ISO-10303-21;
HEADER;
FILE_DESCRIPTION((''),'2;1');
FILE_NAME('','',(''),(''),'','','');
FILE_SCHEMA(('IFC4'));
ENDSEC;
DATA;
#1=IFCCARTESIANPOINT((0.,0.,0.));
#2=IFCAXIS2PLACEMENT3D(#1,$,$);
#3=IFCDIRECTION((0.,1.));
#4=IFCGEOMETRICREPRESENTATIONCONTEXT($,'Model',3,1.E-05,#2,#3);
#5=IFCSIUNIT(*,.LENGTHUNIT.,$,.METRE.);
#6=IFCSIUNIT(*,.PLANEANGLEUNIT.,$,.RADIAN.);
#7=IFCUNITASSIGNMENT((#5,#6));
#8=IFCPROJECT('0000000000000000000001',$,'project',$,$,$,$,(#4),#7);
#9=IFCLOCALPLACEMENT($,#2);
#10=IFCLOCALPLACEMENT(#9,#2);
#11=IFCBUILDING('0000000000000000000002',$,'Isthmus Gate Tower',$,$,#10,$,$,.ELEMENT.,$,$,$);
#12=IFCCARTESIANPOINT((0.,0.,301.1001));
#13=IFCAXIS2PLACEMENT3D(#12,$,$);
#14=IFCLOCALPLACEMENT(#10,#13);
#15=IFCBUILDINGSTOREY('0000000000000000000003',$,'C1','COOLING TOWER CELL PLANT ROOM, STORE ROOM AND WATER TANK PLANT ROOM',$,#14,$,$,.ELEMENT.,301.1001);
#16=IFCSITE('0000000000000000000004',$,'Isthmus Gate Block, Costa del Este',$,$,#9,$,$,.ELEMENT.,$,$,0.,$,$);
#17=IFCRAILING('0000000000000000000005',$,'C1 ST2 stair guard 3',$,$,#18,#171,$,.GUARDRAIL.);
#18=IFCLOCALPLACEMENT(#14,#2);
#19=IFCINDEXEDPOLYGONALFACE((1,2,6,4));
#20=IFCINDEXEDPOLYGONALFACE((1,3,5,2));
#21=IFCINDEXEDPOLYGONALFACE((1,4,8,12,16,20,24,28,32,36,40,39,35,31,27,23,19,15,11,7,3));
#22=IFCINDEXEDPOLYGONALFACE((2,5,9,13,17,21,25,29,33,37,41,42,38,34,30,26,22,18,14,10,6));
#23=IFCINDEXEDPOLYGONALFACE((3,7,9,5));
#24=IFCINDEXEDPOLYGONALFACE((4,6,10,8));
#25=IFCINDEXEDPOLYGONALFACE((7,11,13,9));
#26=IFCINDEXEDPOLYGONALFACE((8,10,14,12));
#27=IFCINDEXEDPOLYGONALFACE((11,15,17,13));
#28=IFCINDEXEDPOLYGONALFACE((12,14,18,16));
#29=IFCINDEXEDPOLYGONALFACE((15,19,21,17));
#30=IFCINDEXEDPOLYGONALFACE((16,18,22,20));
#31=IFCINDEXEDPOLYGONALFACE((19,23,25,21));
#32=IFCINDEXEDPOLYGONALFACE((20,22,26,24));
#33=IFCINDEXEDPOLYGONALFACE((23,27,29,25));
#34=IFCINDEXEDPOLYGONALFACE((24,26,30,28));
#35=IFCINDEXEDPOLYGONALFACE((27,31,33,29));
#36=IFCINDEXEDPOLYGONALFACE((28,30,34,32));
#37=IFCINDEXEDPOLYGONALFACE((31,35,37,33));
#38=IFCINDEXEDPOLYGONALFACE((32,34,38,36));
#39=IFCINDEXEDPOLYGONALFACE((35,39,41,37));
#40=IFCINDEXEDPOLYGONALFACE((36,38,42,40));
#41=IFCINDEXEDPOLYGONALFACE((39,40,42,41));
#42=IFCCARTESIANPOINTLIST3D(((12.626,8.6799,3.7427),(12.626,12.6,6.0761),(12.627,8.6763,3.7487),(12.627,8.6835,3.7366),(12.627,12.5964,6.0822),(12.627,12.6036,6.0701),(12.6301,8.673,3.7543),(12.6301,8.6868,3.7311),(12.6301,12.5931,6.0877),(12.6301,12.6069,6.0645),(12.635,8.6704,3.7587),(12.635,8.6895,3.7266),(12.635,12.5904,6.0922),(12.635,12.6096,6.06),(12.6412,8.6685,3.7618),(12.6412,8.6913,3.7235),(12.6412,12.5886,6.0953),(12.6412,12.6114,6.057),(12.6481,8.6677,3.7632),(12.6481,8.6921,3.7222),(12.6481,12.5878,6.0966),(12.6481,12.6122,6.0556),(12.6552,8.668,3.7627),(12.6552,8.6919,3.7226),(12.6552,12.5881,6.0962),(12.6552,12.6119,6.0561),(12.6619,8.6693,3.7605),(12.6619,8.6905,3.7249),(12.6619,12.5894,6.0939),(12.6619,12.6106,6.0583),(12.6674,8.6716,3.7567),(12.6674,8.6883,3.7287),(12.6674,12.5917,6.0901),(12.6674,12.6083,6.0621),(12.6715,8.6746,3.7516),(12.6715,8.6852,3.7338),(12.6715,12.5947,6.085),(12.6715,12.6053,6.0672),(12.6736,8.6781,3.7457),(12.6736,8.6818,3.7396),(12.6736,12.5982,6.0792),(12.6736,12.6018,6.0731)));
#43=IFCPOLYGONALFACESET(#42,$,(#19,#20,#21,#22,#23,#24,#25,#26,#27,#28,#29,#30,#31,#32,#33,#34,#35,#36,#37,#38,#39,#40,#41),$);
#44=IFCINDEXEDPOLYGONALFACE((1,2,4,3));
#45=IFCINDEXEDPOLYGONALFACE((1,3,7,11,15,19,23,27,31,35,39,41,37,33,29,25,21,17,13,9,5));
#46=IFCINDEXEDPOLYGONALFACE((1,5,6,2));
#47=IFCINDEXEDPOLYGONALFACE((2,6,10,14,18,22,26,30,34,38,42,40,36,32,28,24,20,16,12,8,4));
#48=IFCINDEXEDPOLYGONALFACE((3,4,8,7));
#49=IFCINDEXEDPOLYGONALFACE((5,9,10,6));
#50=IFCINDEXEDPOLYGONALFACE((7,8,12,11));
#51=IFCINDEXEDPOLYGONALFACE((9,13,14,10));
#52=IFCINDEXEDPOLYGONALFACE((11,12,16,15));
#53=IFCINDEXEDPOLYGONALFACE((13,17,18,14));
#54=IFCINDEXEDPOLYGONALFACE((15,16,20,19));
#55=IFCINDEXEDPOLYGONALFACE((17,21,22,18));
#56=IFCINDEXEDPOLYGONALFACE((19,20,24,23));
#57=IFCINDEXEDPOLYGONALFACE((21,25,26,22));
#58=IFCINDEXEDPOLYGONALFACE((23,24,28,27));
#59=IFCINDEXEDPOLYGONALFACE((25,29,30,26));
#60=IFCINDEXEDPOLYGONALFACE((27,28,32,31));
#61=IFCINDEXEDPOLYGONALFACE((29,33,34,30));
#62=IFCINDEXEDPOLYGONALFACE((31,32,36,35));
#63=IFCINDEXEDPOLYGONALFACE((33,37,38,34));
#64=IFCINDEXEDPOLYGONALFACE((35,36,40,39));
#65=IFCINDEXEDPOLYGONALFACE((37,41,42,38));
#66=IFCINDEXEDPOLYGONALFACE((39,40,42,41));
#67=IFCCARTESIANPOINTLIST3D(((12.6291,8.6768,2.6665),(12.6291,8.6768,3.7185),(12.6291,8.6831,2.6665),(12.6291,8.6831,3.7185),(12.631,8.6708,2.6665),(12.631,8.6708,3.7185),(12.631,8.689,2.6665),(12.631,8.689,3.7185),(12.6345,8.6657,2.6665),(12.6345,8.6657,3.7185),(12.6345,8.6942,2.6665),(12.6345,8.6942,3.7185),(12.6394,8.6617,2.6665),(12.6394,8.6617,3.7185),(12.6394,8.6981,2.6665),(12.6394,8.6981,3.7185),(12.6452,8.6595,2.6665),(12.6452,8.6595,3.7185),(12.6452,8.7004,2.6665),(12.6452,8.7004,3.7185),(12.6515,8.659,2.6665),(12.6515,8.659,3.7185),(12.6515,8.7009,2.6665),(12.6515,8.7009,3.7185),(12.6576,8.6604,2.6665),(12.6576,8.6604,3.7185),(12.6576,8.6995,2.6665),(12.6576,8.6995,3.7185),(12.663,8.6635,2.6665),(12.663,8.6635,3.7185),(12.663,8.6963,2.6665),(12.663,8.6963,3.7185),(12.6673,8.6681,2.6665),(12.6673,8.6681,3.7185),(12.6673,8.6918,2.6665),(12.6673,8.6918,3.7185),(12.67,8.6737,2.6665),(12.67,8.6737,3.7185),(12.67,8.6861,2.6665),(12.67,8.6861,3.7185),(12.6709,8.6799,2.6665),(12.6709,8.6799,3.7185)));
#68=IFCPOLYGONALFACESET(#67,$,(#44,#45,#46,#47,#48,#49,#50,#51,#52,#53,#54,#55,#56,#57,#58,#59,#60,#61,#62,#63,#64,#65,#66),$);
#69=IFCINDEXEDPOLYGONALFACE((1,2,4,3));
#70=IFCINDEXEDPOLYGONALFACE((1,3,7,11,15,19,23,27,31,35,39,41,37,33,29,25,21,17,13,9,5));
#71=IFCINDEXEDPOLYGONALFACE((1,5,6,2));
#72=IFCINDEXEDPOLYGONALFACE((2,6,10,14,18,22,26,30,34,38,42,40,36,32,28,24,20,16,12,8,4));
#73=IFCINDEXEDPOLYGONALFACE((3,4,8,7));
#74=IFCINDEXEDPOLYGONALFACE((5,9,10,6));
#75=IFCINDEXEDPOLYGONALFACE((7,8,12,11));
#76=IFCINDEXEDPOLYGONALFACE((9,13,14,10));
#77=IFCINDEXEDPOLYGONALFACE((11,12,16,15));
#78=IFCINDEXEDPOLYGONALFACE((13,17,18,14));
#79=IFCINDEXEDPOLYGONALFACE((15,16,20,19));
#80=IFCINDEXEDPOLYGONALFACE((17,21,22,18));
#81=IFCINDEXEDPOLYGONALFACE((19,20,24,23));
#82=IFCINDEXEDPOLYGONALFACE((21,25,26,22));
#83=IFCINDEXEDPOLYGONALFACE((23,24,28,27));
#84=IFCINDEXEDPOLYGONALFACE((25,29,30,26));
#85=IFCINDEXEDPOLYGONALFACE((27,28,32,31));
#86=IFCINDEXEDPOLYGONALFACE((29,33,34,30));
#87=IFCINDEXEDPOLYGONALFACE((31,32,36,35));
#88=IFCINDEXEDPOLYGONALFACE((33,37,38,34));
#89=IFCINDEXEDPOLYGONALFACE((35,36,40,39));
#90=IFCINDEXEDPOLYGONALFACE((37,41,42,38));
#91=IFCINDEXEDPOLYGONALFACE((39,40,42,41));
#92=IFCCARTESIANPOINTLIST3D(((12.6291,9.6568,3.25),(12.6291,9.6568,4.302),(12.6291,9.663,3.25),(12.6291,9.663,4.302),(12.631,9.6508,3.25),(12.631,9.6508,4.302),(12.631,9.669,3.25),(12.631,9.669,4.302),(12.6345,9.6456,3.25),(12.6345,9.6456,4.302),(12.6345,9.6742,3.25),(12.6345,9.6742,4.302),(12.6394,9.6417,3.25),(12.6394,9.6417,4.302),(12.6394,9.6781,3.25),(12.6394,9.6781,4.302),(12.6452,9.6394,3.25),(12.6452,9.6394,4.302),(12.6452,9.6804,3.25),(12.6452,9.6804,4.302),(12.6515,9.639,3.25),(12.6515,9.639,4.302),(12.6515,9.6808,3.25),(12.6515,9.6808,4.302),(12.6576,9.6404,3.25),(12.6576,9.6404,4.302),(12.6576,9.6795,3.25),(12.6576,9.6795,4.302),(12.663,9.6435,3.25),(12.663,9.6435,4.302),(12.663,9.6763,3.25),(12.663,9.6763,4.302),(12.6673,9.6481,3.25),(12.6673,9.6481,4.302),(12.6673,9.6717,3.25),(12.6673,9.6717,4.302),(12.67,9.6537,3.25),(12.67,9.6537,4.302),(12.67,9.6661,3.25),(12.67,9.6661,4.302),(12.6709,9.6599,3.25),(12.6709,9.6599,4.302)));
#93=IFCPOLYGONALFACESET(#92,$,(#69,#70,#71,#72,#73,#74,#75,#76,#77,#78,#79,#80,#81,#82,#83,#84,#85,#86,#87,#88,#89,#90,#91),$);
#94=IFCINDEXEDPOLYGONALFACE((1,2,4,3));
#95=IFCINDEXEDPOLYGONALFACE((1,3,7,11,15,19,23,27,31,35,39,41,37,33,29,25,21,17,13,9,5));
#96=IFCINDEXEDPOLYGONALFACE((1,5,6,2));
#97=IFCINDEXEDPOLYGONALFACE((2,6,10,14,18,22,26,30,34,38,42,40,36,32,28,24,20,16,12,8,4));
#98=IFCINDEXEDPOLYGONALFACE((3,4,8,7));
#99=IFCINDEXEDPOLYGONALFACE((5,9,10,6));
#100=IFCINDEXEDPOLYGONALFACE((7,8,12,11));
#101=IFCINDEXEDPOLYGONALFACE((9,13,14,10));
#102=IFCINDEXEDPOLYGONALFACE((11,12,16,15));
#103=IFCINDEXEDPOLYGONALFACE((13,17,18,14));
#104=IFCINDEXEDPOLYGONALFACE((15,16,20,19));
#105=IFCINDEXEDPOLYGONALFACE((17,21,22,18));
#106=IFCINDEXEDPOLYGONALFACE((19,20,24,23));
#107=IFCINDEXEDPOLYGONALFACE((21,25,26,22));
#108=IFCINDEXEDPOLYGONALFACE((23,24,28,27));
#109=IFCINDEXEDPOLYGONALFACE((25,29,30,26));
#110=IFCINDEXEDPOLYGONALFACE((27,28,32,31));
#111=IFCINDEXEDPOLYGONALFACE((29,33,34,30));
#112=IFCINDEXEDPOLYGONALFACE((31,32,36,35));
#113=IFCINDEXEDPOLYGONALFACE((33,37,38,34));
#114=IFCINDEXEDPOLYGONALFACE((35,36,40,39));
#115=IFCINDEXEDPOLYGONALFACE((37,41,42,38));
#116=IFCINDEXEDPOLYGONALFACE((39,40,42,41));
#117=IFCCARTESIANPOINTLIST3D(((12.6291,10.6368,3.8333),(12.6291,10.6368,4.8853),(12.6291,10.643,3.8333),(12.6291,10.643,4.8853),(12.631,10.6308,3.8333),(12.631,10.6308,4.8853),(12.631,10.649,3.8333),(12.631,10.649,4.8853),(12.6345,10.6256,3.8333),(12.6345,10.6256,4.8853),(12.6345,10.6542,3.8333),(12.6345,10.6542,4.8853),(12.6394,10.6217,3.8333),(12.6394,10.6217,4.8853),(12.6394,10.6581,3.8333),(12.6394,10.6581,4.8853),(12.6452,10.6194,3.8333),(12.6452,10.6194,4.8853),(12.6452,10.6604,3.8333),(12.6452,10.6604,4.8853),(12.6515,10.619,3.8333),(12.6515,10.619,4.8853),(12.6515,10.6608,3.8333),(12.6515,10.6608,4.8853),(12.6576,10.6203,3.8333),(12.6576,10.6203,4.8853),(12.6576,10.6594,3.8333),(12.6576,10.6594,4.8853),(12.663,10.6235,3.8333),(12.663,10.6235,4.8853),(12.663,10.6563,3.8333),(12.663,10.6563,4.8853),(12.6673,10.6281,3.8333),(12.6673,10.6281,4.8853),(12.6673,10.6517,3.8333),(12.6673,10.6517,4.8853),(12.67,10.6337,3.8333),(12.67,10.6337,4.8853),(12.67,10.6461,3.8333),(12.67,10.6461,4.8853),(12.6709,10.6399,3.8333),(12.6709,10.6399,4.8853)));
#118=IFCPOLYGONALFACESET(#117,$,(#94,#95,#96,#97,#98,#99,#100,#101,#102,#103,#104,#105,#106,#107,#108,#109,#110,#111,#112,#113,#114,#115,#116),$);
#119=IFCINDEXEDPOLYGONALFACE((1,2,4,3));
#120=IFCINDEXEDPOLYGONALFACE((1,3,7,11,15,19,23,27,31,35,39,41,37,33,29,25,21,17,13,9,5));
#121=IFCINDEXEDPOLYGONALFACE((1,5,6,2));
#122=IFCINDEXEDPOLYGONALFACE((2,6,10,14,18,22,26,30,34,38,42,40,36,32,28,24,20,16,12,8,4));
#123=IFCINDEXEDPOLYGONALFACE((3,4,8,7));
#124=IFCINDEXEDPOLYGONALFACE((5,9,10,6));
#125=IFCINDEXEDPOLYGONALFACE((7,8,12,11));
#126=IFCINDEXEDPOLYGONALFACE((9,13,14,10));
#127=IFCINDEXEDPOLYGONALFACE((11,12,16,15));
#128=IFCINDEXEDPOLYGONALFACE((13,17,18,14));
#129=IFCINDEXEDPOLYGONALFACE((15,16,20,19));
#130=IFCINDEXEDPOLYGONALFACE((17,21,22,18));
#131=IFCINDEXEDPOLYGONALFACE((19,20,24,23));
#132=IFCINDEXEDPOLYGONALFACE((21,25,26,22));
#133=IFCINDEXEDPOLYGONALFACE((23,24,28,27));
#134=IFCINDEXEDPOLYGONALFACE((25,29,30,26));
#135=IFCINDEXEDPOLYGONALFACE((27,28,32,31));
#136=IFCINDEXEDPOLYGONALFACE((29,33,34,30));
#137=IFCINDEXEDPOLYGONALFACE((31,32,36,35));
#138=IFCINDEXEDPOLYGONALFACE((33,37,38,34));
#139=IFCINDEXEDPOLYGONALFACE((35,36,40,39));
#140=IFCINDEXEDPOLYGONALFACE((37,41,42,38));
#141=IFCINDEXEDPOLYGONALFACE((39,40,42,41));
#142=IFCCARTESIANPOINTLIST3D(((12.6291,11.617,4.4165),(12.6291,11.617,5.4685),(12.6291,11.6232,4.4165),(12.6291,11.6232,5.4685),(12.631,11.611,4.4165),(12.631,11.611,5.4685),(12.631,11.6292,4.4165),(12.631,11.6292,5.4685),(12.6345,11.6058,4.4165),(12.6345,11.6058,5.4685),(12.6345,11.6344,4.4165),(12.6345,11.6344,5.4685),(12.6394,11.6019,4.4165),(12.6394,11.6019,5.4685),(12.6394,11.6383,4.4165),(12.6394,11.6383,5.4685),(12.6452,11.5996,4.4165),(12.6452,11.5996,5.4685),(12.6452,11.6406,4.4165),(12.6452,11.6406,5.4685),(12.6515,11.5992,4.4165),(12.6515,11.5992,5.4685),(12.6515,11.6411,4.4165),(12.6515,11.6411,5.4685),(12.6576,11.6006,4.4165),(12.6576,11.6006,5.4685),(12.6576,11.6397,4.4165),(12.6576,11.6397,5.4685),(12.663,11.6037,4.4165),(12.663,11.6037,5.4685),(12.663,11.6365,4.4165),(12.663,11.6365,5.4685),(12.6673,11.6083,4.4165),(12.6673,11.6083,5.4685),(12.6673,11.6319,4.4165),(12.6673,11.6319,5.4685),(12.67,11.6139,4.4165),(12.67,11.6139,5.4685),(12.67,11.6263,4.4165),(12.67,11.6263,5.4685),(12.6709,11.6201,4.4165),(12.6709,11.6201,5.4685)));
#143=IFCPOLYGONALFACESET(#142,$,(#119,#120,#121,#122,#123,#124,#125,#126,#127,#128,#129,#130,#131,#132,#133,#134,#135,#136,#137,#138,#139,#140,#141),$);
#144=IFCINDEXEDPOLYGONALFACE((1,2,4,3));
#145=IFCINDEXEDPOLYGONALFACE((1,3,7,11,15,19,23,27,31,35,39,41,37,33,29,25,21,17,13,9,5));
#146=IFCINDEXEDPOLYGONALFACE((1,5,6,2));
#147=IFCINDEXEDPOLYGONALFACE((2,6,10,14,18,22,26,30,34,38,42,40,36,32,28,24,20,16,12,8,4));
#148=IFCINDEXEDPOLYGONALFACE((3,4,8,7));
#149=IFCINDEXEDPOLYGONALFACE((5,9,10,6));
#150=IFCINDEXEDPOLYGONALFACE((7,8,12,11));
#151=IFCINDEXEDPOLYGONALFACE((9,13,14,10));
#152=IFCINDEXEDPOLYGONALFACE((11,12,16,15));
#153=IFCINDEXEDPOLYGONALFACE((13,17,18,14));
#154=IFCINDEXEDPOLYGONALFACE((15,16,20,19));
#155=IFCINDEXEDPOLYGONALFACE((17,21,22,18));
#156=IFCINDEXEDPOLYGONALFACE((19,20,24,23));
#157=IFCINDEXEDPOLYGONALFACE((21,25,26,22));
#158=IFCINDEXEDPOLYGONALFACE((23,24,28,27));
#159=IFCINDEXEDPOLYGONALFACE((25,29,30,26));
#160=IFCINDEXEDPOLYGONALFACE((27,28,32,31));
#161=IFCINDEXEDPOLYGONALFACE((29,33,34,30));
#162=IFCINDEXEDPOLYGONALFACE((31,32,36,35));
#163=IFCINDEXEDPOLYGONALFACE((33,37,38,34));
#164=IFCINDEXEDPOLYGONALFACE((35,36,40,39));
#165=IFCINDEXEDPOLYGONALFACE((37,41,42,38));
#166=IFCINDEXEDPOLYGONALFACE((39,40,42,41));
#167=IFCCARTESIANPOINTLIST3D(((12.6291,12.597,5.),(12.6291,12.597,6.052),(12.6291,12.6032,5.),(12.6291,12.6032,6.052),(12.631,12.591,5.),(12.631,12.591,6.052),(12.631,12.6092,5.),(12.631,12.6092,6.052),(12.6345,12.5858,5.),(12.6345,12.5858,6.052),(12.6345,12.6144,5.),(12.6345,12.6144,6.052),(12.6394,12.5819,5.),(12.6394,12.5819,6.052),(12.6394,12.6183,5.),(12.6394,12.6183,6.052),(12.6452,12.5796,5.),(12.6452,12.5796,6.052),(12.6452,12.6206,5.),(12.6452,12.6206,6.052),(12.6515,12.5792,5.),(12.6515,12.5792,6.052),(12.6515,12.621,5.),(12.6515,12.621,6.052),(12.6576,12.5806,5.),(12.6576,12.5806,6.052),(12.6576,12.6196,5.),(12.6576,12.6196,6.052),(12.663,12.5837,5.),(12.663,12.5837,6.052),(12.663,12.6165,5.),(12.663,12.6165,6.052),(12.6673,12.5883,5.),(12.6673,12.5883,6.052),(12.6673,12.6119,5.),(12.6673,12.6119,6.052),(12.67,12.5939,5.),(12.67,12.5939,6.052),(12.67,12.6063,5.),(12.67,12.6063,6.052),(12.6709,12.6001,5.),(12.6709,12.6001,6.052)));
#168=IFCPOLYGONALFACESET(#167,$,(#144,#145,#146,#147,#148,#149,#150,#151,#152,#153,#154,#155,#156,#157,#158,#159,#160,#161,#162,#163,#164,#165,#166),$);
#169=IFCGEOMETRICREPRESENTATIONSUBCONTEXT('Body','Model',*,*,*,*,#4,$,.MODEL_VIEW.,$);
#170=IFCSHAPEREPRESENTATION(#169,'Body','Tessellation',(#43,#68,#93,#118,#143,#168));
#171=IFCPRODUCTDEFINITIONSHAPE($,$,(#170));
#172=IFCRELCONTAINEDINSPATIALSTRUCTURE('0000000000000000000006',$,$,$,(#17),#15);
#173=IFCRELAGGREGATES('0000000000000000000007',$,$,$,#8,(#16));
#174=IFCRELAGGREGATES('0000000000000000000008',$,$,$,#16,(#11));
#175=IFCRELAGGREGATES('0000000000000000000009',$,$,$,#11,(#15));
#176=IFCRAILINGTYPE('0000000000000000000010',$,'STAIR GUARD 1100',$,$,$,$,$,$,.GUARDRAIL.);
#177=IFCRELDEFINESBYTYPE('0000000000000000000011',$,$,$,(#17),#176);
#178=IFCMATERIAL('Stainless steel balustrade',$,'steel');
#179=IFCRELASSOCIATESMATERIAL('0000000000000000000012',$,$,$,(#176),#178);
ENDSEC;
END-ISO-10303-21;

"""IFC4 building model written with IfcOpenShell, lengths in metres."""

from ifc_helpers import new_model, si_unit, direction, frame, origin, origin_2d, place, context, subcontext, project, spatial, circle, extrude, material, type_object, element, save


model = new_model("IFC4")

# Units and contexts
model_context = context("Model", 3, precision=1e-05, world=origin(), true_north=direction((0.0, 1.0)))
body_context = subcontext(model_context, "Body", "Model", "MODEL_VIEW")
ifc_project = project(units=[si_unit("LENGTHUNIT", "METRE"), si_unit("PLANEANGLEUNIT", "RADIAN")], contexts=[model_context])

# Site, building, storey
site_placement = place(None, origin())
site = spatial("IfcSite", under=ifc_project, at=site_placement, Name="Isthmus Gate Block, Costa del Este", CompositionType="ELEMENT", RefElevation=0.0)
building_placement = place(site_placement, origin())
building = spatial("IfcBuilding", under=site, at=building_placement, Name="Isthmus Gate Tower", CompositionType="ELEMENT")
storey_placement = place(building_placement, frame((0.0, 0.0, 301.1001)))
storey = spatial("IfcBuildingStorey", under=building, at=storey_placement, Name="C1", Description="COOLING TOWER CELL PLANT ROOM, STORE ROOM AND WATER TANK PLANT ROOM", CompositionType="ELEMENT", Elevation=301.1001)

# Railing
ifc_material_1 = material(Name="Stainless steel balustrade", Category="steel")
railing_type_1 = type_object("IfcRailingType", Name="STAIR GUARD 1100", PredefinedType="GUARDRAIL", material=ifc_material_1)
railing_1_placement = place(storey_placement, frame((12.6499, 8.6799, 2.6665)))
element("IfcRailing", 1, at=railing_1_placement, inside=storey, type_object=railing_type_1, Name="C1 ST2 stair guard 3", PredefinedType="GUARDRAIL", context=body_context, shape_type="SweptSolid", body=[
    extrude(circle(Radius=0.0239, at=origin_2d()), frame((0.0, 0.0, 1.0762), z_axis=(0.0, 0.859287, 0.511494), x_axis=(-1.0, 0.0, 0.0)), (0.0, 0.0, 1.0), 4.562),
    extrude(circle(Radius=0.021, at=origin_2d()), origin(), (0.0, 0.0, 1.0), 1.052),
    extrude(circle(Radius=0.021, at=origin_2d()), frame((0.0, 0.98, 0.5835)), (0.0, 0.0, 1.0), 1.052),
    extrude(circle(Radius=0.021, at=origin_2d()), frame((0.0, 1.96, 1.1667)), (0.0, 0.0, 1.0), 1.052),
    extrude(circle(Radius=0.021, at=origin_2d()), frame((0.0, 2.9402, 1.75)), (0.0, 0.0, 1.0), 1.052),
    extrude(circle(Radius=0.021, at=origin_2d()), frame((0.0, 3.9202, 2.3335)), (0.0, 0.0, 1.0), 1.052),
])

save(model, "model.ifc")
